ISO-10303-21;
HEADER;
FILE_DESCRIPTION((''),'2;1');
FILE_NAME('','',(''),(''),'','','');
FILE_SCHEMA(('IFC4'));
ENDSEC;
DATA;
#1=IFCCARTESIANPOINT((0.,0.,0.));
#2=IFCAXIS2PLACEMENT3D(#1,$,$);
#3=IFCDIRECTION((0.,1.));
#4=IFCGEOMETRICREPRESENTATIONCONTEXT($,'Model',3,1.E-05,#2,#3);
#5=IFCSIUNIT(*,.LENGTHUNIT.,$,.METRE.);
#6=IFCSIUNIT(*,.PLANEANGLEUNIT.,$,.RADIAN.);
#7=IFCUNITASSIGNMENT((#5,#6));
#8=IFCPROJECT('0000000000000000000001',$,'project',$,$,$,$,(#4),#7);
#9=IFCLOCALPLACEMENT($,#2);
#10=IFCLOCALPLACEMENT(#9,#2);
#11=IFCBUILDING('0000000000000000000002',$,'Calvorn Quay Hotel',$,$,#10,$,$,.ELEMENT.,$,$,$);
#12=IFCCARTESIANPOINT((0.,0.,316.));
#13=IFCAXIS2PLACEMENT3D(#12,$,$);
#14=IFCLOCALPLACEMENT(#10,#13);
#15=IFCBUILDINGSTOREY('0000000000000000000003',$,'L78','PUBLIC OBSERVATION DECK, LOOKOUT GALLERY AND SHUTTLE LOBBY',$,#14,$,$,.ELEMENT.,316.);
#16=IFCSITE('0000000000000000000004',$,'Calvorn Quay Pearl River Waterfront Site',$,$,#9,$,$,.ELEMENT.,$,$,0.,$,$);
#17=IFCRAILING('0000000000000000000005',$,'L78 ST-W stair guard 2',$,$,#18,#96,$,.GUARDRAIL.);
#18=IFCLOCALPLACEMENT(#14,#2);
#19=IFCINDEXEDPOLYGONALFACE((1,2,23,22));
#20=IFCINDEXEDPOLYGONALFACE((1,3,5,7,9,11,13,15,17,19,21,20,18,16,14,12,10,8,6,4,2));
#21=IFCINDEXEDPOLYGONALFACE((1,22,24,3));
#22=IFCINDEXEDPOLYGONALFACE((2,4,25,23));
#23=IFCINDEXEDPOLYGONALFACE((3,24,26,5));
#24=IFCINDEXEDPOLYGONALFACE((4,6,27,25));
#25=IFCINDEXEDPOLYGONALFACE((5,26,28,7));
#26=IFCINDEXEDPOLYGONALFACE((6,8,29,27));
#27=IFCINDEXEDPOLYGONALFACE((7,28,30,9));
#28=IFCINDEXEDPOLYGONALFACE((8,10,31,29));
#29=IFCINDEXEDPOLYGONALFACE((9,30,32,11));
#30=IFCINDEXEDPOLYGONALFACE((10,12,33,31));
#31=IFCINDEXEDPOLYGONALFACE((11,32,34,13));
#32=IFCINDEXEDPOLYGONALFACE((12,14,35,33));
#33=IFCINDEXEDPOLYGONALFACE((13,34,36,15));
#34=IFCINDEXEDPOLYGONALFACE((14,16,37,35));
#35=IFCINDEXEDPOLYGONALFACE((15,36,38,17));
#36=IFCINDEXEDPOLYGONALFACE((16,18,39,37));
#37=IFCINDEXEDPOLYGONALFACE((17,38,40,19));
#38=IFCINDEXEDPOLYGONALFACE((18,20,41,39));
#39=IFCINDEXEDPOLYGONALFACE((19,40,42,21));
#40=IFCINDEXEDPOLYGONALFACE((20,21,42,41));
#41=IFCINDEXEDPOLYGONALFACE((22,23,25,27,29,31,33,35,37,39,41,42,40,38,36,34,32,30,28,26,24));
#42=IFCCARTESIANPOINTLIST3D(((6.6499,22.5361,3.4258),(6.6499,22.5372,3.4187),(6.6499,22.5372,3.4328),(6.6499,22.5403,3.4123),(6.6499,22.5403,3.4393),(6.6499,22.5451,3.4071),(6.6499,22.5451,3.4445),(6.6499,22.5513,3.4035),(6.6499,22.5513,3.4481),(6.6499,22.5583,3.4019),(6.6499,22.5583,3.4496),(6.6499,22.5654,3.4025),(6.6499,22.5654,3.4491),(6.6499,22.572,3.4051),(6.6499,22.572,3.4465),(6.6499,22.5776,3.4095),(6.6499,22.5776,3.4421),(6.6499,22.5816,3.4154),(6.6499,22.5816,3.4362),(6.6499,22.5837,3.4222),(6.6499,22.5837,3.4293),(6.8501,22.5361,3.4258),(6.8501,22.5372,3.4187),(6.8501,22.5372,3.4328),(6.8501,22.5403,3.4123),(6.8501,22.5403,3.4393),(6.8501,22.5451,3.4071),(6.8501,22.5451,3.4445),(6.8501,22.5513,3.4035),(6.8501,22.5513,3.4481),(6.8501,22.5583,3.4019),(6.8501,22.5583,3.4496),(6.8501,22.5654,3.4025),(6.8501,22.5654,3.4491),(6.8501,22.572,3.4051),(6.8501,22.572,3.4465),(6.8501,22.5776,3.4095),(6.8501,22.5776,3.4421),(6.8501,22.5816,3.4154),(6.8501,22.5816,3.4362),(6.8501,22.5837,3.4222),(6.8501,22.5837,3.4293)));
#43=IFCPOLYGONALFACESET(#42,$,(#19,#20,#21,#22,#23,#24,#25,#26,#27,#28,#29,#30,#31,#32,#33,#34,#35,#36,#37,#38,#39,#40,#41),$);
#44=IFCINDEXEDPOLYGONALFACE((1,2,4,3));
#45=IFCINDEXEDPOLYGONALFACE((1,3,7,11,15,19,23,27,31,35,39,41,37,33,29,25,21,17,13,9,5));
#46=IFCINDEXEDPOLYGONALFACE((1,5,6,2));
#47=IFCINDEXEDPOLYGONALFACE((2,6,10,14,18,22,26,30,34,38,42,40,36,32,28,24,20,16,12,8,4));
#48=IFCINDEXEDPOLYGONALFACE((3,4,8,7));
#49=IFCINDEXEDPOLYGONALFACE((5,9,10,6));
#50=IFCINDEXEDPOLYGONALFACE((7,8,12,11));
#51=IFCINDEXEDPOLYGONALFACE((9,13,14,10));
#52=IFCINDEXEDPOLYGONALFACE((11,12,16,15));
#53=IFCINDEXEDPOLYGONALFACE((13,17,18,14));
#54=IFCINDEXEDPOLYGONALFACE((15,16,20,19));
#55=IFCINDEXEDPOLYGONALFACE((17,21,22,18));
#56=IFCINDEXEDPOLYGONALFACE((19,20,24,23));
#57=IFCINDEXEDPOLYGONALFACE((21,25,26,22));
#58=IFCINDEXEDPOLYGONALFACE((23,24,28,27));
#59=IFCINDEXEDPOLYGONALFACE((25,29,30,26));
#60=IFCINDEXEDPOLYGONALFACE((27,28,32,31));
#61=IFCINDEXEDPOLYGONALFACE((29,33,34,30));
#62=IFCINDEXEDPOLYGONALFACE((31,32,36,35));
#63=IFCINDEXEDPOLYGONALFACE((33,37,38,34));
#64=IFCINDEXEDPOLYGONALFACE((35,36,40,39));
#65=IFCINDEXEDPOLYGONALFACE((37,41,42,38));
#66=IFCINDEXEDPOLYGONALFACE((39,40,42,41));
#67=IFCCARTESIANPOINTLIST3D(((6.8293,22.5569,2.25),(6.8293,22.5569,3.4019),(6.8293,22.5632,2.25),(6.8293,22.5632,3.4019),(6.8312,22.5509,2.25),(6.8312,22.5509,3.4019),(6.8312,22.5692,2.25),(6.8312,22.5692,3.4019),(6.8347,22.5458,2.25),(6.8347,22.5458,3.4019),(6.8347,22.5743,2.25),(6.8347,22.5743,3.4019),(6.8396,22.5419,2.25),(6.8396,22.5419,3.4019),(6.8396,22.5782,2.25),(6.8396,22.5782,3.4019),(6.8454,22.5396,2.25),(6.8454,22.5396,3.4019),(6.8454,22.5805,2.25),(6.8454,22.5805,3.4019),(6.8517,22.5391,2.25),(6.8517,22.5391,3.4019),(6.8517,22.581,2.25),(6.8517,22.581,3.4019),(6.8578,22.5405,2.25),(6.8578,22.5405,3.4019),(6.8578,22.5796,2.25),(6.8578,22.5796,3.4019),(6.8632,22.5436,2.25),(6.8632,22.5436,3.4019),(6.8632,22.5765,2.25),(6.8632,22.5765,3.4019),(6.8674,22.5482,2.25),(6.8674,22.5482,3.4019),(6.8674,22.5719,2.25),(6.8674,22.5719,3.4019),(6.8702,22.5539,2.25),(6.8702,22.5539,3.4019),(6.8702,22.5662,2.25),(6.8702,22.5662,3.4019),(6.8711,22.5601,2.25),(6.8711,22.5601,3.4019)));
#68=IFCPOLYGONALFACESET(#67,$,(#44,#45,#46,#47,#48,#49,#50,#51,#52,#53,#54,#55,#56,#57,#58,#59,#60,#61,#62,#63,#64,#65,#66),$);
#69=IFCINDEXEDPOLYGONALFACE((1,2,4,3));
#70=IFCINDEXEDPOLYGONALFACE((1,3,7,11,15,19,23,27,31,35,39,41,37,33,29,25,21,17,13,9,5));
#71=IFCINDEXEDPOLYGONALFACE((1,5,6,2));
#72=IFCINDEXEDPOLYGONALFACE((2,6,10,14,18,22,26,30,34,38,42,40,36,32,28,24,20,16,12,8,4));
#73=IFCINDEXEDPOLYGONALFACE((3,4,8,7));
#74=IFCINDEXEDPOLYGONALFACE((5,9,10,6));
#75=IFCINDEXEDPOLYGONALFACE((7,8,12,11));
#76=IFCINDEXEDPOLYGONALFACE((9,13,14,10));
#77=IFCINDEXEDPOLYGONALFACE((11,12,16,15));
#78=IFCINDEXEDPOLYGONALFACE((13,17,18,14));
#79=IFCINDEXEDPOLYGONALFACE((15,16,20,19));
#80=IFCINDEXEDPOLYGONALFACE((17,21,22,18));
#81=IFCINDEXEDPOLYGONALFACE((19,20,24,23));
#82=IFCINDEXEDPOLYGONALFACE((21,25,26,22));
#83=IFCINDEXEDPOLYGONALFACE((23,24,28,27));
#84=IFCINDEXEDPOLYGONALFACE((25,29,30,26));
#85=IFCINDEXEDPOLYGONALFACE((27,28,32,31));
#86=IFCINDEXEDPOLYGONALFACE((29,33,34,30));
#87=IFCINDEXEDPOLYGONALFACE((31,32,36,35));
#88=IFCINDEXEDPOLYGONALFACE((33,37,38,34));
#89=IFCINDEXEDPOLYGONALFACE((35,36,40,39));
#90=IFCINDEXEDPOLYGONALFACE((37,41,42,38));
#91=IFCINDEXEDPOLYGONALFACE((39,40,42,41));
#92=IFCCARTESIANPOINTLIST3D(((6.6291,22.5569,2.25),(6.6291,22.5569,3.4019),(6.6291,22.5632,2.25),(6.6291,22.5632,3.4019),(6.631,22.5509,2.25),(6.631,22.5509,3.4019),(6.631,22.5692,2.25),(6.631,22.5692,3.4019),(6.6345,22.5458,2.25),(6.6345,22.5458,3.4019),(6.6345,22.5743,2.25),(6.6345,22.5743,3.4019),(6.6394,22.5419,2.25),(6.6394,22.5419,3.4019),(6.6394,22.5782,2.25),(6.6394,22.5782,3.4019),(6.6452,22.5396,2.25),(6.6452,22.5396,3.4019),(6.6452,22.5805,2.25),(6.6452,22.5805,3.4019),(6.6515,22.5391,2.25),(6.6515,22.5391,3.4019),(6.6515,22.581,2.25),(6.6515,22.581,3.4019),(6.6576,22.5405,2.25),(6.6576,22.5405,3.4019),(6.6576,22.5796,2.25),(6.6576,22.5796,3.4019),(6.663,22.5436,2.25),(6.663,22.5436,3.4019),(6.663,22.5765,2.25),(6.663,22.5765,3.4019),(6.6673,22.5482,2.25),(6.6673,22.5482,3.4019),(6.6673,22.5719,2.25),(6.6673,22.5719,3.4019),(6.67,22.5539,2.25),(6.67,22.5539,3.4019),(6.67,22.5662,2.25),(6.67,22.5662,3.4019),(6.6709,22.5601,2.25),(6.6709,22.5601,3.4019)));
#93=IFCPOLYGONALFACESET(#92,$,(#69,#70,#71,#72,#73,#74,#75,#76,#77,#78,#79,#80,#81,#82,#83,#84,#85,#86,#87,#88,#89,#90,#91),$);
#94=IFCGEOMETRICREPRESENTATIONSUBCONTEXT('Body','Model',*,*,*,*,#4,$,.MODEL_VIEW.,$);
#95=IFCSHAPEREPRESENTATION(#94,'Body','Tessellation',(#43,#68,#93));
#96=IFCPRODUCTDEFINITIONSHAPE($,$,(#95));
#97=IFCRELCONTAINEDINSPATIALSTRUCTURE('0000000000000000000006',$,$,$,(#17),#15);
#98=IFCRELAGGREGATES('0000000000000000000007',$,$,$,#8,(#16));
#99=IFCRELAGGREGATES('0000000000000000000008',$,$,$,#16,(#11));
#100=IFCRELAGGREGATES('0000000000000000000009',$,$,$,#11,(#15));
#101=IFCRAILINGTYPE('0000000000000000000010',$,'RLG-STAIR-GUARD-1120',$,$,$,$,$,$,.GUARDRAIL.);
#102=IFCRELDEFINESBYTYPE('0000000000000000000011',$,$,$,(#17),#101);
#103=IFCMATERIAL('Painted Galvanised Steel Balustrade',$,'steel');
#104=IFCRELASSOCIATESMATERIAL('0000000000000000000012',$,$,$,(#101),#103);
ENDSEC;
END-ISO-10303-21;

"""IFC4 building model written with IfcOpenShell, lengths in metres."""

from ifc_helpers import new_model, si_unit, direction, frame, origin, origin_2d, place, context, subcontext, project, spatial, circle, extrude, material, type_object, element, save


model = new_model("IFC4")

# Units and contexts
model_context = context("Model", 3, precision=1e-05, world=origin(), true_north=direction((0.0, 1.0)))
body_context = subcontext(model_context, "Body", "Model", "MODEL_VIEW")
ifc_project = project(units=[si_unit("LENGTHUNIT", "METRE"), si_unit("PLANEANGLEUNIT", "RADIAN")], contexts=[model_context])

# Site, building, storey
site_placement = place(None, origin())
site = spatial("IfcSite", under=ifc_project, at=site_placement, Name="Calvorn Quay Pearl River Waterfront Site", CompositionType="ELEMENT", RefElevation=0.0)
building_placement = place(site_placement, origin())
building = spatial("IfcBuilding", under=site, at=building_placement, Name="Calvorn Quay Hotel", CompositionType="ELEMENT")
storey_placement = place(building_placement, frame((0.0, 0.0, 316.0)))
storey = spatial("IfcBuildingStorey", under=building, at=storey_placement, Name="L78", Description="PUBLIC OBSERVATION DECK, LOOKOUT GALLERY AND SHUTTLE LOBBY", CompositionType="ELEMENT", Elevation=316.0)

# Railing
ifc_material_1 = material(Name="Painted Galvanised Steel Balustrade", Category="steel")
railing_type_1 = type_object("IfcRailingType", Name="RLG-STAIR-GUARD-1120", PredefinedType="GUARDRAIL", material=ifc_material_1)
railing_1_placement = place(storey_placement, frame((6.8501, 22.5601, 2.25)))
element("IfcRailing", 1, at=railing_1_placement, inside=storey, type_object=railing_type_1, Name="L78 ST-W stair guard 2", PredefinedType="GUARDRAIL", context=body_context, shape_type="SweptSolid", body=[
    extrude(circle(Radius=0.0239, at=origin_2d()), frame((0.0, 0.0, 1.1758), z_axis=(-1.0, 0.0, 0.0), x_axis=(0.0, -1.0, 0.0)), (0.0, 0.0, 1.0), 0.2002),
    extrude(circle(Radius=0.021, at=origin_2d()), origin(), (0.0, 0.0, 1.0), 1.1519),
    extrude(circle(Radius=0.021, at=origin_2d()), frame((-0.2002, 0.0, 0.0)), (0.0, 0.0, 1.0), 1.1519),
])

save(model, "model.ifc")
